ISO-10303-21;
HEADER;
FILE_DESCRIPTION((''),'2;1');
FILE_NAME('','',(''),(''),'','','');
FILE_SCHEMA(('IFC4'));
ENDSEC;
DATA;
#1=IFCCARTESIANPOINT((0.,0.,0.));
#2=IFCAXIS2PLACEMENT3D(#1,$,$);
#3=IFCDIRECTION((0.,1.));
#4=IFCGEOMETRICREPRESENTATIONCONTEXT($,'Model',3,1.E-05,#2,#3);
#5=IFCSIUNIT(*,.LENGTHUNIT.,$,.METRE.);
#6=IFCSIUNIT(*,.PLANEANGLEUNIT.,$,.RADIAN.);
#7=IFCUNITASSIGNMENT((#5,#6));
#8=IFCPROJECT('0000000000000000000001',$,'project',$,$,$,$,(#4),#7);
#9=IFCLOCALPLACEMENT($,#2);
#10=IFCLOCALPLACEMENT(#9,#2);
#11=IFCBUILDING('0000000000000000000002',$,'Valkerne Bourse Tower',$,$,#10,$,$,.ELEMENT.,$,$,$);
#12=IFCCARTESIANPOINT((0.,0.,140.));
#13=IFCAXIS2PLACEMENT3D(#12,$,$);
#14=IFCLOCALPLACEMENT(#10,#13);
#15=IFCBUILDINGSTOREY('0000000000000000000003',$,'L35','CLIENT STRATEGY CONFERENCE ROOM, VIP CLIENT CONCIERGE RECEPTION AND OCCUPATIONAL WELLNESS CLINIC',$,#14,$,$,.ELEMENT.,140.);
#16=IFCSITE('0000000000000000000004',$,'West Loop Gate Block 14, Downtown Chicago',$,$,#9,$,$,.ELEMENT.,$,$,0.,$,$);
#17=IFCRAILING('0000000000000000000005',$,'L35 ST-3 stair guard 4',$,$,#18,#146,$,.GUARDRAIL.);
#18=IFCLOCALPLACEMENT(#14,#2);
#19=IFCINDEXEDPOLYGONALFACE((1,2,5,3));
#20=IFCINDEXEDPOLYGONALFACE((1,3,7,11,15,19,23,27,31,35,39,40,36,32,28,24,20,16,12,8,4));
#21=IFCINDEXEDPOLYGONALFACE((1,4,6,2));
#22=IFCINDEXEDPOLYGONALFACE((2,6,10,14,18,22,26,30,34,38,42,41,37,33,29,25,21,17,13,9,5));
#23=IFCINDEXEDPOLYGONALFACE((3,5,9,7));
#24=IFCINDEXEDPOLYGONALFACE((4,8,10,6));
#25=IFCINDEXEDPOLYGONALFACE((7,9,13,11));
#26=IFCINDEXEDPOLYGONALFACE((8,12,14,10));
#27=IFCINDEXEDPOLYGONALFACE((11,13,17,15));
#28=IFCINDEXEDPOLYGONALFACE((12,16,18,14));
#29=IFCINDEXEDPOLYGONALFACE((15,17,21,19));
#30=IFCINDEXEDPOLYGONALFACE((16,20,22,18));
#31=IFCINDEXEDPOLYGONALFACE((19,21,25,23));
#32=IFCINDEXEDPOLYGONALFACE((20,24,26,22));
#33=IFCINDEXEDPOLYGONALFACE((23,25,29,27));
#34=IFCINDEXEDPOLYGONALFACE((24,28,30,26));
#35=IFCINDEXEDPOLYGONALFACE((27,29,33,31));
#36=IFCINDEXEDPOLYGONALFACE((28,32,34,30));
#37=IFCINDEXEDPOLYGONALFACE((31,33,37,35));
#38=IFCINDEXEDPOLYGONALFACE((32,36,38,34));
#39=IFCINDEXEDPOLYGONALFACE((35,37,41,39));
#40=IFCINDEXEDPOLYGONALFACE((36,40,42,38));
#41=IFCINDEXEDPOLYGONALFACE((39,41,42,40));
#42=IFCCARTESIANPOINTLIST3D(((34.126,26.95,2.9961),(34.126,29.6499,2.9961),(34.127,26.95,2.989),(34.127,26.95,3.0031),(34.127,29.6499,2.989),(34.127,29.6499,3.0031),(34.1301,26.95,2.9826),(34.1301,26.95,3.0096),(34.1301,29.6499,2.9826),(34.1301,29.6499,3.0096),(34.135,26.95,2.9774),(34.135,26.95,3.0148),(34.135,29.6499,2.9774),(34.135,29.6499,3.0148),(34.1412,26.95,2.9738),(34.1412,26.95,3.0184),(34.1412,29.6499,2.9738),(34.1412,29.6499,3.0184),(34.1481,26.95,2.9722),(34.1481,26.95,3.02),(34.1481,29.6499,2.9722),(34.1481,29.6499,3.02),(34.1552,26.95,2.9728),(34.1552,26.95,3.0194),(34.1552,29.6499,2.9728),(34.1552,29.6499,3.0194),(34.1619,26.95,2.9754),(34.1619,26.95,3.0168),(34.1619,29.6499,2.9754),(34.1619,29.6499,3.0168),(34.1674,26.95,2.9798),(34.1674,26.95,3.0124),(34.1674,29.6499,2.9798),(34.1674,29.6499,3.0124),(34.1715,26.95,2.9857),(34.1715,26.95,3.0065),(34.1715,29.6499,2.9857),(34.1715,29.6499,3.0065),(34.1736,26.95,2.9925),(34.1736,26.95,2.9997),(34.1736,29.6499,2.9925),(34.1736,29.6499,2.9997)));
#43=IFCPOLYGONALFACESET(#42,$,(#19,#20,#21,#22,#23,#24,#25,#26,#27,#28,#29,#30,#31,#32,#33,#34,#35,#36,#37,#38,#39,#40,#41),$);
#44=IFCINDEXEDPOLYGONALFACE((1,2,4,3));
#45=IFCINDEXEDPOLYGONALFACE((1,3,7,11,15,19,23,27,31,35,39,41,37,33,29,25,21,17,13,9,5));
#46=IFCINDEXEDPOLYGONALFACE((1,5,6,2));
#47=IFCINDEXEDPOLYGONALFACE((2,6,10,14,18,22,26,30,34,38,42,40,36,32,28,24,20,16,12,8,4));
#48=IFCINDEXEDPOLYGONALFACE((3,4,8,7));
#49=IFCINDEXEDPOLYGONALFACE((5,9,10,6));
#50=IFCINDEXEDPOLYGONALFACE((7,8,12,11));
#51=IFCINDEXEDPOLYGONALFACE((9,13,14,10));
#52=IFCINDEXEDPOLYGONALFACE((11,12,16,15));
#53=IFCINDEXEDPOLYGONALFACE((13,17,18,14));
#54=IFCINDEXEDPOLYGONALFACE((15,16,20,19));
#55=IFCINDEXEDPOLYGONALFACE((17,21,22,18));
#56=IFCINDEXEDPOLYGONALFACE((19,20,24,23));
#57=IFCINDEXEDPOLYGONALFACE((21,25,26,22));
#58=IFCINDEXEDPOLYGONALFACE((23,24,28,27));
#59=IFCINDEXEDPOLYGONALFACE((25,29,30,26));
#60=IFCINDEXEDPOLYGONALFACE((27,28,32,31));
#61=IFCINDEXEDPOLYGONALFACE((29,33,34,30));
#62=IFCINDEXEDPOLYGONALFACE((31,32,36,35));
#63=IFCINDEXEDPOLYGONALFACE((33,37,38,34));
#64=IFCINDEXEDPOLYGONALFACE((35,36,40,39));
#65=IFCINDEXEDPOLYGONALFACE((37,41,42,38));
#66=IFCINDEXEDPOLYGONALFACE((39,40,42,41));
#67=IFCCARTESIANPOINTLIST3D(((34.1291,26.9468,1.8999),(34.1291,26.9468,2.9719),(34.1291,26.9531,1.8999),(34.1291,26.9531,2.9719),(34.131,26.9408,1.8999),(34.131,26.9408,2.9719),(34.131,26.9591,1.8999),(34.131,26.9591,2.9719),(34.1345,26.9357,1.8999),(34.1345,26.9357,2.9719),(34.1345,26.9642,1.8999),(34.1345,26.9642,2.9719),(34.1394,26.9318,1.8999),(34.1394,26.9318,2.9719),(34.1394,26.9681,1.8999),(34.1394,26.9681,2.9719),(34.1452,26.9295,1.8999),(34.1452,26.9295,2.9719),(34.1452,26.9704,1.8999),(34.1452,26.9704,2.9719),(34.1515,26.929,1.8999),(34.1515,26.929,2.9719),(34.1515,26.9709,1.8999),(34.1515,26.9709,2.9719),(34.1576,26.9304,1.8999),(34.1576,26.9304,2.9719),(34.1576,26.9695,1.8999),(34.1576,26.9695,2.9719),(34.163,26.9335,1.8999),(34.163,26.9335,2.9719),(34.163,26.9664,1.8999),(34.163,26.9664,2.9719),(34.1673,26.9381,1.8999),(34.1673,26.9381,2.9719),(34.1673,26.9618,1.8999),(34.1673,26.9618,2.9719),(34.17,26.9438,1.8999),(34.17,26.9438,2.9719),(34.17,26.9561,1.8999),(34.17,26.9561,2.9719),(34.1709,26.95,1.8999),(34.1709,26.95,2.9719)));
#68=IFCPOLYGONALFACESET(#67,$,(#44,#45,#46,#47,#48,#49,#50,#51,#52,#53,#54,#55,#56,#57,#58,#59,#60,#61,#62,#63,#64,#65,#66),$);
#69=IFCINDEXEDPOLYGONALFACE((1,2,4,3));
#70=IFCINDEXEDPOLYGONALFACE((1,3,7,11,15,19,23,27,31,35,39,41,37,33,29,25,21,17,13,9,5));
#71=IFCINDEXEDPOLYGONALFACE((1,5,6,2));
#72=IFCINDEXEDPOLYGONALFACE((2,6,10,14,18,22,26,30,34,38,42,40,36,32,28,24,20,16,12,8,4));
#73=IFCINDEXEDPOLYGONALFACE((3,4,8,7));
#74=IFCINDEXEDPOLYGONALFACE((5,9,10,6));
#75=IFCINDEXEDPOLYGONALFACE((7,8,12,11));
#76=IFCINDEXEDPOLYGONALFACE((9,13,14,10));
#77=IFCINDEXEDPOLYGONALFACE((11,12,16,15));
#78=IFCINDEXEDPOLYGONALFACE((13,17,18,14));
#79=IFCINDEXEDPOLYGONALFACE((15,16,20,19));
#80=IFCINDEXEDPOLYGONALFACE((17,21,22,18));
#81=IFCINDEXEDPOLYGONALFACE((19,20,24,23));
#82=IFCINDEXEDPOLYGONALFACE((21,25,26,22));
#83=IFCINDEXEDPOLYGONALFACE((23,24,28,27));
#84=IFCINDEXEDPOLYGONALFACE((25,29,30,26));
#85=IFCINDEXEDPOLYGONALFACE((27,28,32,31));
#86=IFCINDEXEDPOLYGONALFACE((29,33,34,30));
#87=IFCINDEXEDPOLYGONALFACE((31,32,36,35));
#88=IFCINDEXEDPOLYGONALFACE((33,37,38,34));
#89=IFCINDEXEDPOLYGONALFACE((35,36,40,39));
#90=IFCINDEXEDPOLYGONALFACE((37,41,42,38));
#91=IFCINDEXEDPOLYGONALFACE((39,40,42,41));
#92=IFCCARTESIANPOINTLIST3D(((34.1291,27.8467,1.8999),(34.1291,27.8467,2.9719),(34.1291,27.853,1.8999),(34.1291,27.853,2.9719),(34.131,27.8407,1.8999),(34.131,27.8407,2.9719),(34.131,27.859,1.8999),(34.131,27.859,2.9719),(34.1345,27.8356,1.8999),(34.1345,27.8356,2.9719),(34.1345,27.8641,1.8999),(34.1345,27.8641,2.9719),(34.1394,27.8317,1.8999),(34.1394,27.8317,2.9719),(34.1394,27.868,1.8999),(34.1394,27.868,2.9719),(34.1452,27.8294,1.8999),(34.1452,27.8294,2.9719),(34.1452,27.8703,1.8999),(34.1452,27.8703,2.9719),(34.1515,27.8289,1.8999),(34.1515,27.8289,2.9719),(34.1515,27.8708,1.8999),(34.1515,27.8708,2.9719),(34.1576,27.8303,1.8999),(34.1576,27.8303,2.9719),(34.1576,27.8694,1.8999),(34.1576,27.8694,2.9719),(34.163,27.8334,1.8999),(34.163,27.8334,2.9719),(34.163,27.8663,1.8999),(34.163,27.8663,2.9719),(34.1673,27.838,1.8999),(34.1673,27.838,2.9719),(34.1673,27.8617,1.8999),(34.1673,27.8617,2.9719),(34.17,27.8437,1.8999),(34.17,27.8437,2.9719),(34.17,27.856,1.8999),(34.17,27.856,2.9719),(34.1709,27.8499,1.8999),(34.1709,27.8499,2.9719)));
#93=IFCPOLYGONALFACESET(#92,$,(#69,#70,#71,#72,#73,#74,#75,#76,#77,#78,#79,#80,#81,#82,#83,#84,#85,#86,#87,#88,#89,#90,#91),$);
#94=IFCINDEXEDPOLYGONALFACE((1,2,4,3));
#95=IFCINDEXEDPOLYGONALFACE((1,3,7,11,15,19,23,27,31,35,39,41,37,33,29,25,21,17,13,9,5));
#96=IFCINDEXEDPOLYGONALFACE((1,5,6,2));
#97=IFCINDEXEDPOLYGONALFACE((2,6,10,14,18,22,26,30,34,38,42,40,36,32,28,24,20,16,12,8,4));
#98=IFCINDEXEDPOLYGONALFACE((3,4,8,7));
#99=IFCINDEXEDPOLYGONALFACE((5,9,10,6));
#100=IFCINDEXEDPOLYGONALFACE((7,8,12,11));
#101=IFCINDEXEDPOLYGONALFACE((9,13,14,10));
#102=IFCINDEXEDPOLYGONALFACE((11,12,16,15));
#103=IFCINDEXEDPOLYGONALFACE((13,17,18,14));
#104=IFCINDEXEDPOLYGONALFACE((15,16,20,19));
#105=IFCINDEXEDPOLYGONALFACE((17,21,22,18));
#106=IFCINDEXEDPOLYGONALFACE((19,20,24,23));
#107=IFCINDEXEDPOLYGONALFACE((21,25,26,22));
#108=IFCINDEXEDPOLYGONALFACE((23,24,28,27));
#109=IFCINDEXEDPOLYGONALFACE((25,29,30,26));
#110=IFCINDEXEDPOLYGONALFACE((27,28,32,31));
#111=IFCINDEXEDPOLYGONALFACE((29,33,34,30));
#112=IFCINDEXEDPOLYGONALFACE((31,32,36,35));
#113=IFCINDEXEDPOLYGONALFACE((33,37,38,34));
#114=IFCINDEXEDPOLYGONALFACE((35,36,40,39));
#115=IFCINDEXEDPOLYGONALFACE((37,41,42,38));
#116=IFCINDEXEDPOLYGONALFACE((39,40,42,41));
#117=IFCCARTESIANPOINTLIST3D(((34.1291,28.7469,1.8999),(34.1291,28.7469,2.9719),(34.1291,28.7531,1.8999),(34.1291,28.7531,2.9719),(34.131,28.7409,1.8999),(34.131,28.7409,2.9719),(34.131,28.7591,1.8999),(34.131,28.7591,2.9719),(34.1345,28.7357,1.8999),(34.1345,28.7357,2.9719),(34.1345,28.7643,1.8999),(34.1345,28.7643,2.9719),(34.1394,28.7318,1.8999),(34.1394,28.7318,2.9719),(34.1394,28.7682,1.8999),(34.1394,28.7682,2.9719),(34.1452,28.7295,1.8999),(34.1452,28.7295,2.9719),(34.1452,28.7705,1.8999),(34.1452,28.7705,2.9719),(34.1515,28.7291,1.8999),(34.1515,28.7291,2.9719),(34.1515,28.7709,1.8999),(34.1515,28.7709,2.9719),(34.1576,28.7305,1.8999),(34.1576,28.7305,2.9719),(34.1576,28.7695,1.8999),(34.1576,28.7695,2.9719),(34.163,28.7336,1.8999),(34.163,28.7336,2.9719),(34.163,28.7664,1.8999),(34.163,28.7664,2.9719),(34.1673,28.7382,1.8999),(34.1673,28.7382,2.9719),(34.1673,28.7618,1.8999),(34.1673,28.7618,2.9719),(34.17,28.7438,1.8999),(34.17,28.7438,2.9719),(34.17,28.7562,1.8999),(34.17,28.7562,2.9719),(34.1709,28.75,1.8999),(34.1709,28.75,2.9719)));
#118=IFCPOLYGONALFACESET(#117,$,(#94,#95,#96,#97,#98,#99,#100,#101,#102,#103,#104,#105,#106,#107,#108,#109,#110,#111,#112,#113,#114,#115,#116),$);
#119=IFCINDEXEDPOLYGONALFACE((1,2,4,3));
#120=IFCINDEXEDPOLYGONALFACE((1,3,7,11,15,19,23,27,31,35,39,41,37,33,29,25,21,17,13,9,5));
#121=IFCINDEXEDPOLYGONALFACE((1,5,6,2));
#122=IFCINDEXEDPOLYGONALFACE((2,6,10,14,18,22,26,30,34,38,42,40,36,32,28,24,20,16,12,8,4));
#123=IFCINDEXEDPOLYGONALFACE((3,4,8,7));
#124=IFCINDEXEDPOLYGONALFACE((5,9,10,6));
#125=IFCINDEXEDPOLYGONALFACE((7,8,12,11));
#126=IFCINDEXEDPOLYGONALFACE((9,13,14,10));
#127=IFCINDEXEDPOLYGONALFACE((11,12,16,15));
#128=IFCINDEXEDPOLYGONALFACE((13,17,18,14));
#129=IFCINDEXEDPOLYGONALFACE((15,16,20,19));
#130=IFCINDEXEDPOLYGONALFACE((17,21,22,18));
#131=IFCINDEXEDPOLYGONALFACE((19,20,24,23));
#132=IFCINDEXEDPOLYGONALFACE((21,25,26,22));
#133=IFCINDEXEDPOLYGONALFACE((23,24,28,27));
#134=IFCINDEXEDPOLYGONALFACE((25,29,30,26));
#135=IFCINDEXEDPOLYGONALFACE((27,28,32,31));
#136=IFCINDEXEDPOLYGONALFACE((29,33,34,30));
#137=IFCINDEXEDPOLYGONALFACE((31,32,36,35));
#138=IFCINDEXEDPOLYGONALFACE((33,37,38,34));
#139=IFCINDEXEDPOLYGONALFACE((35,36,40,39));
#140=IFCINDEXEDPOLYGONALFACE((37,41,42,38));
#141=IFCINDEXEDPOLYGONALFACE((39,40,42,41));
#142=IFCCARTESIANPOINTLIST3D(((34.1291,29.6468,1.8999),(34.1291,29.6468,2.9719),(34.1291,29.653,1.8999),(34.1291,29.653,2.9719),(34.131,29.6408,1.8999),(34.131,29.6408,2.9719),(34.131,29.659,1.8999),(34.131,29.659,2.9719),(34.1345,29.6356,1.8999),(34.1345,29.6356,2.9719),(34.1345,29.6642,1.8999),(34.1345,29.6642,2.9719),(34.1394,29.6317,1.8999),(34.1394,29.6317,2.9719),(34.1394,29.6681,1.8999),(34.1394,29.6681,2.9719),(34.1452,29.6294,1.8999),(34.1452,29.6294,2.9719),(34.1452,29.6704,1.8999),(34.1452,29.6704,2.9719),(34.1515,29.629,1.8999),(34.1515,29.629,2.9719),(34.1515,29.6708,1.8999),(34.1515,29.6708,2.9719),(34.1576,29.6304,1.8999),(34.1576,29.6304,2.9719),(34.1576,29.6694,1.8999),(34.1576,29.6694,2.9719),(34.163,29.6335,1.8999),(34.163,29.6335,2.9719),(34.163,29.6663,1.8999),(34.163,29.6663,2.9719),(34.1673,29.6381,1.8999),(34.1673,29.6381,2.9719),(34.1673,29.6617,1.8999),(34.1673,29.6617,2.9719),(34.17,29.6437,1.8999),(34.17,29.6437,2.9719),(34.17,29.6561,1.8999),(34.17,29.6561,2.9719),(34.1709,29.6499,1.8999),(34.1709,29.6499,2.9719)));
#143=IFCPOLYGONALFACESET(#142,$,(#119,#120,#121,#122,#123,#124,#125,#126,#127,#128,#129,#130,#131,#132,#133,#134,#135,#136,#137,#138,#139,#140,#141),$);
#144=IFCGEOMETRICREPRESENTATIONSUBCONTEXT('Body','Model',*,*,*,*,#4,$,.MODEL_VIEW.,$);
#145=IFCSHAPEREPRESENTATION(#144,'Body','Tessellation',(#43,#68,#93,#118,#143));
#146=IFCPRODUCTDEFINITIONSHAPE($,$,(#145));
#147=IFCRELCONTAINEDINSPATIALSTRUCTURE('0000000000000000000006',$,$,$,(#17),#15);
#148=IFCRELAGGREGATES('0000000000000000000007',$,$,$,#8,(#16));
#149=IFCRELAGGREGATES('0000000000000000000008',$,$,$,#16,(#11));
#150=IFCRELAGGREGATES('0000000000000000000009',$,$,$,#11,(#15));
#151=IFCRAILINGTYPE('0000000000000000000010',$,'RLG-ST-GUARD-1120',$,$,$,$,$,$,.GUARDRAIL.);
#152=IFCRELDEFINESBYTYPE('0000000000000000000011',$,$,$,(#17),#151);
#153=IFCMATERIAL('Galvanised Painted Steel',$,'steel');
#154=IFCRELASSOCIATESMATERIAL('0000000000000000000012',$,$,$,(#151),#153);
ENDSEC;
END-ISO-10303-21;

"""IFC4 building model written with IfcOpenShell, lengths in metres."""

from ifc_helpers import new_model, si_unit, direction, frame, origin, origin_2d, place, context, subcontext, project, spatial, circle, extrude, material, type_object, element, save


model = new_model("IFC4")

# Units and contexts
model_context = context("Model", 3, precision=1e-05, world=origin(), true_north=direction((0.0, 1.0)))
body_context = subcontext(model_context, "Body", "Model", "MODEL_VIEW")
ifc_project = project(units=[si_unit("LENGTHUNIT", "METRE"), si_unit("PLANEANGLEUNIT", "RADIAN")], contexts=[model_context])

# Site, building, storey
site_placement = place(None, origin())
site = spatial("IfcSite", under=ifc_project, at=site_placement, Name="West Loop Gate Block 14, Downtown Chicago", CompositionType="ELEMENT", RefElevation=0.0)
building_placement = place(site_placement, origin())
building = spatial("IfcBuilding", under=site, at=building_placement, Name="Valkerne Bourse Tower", CompositionType="ELEMENT")
storey_placement = place(building_placement, frame((0.0, 0.0, 140.0)))
storey = spatial("IfcBuildingStorey", under=building, at=storey_placement, Name="L35", Description="CLIENT STRATEGY CONFERENCE ROOM, VIP CLIENT CONCIERGE RECEPTION AND OCCUPATIONAL WELLNESS CLINIC", CompositionType="ELEMENT", Elevation=140.0)

# Shared definitions
ifc_material_1 = material(Name="Galvanised Painted Steel", Category="steel")

# Railing
railing_type = type_object("IfcRailingType", Name="RLG-ST-GUARD-1120", PredefinedType="GUARDRAIL", material=ifc_material_1)
railing_1_placement = place(storey_placement, frame((34.1499, 26.95, 1.8999)))
element("IfcRailing", 1, at=railing_1_placement, inside=storey, type_object=railing_type, Name="L35 ST-3 stair guard 4", PredefinedType="GUARDRAIL", context=body_context, shape_type="SweptSolid", body=[
    extrude(circle(Radius=0.0239, at=origin_2d()), frame((0.0, 0.0, 1.0962), z_axis=(0.0, 1.0, 0.0), x_axis=(-1.0, 0.0, 0.0)), (0.0, 0.0, 1.0), 2.7),
    extrude(circle(Radius=0.021, at=origin_2d()), origin(), (0.0, 0.0, 1.0), 1.072),
    extrude(circle(Radius=0.021, at=origin_2d()), frame((0.0, 0.8999, 0.0)), (0.0, 0.0, 1.0), 1.072),
    extrude(circle(Radius=0.021, at=origin_2d()), frame((0.0, 1.8, 0.0)), (0.0, 0.0, 1.0), 1.072),
    extrude(circle(Radius=0.021, at=origin_2d()), frame((0.0, 2.7, 0.0)), (0.0, 0.0, 1.0), 1.072),
])

save(model, "model.ifc")
